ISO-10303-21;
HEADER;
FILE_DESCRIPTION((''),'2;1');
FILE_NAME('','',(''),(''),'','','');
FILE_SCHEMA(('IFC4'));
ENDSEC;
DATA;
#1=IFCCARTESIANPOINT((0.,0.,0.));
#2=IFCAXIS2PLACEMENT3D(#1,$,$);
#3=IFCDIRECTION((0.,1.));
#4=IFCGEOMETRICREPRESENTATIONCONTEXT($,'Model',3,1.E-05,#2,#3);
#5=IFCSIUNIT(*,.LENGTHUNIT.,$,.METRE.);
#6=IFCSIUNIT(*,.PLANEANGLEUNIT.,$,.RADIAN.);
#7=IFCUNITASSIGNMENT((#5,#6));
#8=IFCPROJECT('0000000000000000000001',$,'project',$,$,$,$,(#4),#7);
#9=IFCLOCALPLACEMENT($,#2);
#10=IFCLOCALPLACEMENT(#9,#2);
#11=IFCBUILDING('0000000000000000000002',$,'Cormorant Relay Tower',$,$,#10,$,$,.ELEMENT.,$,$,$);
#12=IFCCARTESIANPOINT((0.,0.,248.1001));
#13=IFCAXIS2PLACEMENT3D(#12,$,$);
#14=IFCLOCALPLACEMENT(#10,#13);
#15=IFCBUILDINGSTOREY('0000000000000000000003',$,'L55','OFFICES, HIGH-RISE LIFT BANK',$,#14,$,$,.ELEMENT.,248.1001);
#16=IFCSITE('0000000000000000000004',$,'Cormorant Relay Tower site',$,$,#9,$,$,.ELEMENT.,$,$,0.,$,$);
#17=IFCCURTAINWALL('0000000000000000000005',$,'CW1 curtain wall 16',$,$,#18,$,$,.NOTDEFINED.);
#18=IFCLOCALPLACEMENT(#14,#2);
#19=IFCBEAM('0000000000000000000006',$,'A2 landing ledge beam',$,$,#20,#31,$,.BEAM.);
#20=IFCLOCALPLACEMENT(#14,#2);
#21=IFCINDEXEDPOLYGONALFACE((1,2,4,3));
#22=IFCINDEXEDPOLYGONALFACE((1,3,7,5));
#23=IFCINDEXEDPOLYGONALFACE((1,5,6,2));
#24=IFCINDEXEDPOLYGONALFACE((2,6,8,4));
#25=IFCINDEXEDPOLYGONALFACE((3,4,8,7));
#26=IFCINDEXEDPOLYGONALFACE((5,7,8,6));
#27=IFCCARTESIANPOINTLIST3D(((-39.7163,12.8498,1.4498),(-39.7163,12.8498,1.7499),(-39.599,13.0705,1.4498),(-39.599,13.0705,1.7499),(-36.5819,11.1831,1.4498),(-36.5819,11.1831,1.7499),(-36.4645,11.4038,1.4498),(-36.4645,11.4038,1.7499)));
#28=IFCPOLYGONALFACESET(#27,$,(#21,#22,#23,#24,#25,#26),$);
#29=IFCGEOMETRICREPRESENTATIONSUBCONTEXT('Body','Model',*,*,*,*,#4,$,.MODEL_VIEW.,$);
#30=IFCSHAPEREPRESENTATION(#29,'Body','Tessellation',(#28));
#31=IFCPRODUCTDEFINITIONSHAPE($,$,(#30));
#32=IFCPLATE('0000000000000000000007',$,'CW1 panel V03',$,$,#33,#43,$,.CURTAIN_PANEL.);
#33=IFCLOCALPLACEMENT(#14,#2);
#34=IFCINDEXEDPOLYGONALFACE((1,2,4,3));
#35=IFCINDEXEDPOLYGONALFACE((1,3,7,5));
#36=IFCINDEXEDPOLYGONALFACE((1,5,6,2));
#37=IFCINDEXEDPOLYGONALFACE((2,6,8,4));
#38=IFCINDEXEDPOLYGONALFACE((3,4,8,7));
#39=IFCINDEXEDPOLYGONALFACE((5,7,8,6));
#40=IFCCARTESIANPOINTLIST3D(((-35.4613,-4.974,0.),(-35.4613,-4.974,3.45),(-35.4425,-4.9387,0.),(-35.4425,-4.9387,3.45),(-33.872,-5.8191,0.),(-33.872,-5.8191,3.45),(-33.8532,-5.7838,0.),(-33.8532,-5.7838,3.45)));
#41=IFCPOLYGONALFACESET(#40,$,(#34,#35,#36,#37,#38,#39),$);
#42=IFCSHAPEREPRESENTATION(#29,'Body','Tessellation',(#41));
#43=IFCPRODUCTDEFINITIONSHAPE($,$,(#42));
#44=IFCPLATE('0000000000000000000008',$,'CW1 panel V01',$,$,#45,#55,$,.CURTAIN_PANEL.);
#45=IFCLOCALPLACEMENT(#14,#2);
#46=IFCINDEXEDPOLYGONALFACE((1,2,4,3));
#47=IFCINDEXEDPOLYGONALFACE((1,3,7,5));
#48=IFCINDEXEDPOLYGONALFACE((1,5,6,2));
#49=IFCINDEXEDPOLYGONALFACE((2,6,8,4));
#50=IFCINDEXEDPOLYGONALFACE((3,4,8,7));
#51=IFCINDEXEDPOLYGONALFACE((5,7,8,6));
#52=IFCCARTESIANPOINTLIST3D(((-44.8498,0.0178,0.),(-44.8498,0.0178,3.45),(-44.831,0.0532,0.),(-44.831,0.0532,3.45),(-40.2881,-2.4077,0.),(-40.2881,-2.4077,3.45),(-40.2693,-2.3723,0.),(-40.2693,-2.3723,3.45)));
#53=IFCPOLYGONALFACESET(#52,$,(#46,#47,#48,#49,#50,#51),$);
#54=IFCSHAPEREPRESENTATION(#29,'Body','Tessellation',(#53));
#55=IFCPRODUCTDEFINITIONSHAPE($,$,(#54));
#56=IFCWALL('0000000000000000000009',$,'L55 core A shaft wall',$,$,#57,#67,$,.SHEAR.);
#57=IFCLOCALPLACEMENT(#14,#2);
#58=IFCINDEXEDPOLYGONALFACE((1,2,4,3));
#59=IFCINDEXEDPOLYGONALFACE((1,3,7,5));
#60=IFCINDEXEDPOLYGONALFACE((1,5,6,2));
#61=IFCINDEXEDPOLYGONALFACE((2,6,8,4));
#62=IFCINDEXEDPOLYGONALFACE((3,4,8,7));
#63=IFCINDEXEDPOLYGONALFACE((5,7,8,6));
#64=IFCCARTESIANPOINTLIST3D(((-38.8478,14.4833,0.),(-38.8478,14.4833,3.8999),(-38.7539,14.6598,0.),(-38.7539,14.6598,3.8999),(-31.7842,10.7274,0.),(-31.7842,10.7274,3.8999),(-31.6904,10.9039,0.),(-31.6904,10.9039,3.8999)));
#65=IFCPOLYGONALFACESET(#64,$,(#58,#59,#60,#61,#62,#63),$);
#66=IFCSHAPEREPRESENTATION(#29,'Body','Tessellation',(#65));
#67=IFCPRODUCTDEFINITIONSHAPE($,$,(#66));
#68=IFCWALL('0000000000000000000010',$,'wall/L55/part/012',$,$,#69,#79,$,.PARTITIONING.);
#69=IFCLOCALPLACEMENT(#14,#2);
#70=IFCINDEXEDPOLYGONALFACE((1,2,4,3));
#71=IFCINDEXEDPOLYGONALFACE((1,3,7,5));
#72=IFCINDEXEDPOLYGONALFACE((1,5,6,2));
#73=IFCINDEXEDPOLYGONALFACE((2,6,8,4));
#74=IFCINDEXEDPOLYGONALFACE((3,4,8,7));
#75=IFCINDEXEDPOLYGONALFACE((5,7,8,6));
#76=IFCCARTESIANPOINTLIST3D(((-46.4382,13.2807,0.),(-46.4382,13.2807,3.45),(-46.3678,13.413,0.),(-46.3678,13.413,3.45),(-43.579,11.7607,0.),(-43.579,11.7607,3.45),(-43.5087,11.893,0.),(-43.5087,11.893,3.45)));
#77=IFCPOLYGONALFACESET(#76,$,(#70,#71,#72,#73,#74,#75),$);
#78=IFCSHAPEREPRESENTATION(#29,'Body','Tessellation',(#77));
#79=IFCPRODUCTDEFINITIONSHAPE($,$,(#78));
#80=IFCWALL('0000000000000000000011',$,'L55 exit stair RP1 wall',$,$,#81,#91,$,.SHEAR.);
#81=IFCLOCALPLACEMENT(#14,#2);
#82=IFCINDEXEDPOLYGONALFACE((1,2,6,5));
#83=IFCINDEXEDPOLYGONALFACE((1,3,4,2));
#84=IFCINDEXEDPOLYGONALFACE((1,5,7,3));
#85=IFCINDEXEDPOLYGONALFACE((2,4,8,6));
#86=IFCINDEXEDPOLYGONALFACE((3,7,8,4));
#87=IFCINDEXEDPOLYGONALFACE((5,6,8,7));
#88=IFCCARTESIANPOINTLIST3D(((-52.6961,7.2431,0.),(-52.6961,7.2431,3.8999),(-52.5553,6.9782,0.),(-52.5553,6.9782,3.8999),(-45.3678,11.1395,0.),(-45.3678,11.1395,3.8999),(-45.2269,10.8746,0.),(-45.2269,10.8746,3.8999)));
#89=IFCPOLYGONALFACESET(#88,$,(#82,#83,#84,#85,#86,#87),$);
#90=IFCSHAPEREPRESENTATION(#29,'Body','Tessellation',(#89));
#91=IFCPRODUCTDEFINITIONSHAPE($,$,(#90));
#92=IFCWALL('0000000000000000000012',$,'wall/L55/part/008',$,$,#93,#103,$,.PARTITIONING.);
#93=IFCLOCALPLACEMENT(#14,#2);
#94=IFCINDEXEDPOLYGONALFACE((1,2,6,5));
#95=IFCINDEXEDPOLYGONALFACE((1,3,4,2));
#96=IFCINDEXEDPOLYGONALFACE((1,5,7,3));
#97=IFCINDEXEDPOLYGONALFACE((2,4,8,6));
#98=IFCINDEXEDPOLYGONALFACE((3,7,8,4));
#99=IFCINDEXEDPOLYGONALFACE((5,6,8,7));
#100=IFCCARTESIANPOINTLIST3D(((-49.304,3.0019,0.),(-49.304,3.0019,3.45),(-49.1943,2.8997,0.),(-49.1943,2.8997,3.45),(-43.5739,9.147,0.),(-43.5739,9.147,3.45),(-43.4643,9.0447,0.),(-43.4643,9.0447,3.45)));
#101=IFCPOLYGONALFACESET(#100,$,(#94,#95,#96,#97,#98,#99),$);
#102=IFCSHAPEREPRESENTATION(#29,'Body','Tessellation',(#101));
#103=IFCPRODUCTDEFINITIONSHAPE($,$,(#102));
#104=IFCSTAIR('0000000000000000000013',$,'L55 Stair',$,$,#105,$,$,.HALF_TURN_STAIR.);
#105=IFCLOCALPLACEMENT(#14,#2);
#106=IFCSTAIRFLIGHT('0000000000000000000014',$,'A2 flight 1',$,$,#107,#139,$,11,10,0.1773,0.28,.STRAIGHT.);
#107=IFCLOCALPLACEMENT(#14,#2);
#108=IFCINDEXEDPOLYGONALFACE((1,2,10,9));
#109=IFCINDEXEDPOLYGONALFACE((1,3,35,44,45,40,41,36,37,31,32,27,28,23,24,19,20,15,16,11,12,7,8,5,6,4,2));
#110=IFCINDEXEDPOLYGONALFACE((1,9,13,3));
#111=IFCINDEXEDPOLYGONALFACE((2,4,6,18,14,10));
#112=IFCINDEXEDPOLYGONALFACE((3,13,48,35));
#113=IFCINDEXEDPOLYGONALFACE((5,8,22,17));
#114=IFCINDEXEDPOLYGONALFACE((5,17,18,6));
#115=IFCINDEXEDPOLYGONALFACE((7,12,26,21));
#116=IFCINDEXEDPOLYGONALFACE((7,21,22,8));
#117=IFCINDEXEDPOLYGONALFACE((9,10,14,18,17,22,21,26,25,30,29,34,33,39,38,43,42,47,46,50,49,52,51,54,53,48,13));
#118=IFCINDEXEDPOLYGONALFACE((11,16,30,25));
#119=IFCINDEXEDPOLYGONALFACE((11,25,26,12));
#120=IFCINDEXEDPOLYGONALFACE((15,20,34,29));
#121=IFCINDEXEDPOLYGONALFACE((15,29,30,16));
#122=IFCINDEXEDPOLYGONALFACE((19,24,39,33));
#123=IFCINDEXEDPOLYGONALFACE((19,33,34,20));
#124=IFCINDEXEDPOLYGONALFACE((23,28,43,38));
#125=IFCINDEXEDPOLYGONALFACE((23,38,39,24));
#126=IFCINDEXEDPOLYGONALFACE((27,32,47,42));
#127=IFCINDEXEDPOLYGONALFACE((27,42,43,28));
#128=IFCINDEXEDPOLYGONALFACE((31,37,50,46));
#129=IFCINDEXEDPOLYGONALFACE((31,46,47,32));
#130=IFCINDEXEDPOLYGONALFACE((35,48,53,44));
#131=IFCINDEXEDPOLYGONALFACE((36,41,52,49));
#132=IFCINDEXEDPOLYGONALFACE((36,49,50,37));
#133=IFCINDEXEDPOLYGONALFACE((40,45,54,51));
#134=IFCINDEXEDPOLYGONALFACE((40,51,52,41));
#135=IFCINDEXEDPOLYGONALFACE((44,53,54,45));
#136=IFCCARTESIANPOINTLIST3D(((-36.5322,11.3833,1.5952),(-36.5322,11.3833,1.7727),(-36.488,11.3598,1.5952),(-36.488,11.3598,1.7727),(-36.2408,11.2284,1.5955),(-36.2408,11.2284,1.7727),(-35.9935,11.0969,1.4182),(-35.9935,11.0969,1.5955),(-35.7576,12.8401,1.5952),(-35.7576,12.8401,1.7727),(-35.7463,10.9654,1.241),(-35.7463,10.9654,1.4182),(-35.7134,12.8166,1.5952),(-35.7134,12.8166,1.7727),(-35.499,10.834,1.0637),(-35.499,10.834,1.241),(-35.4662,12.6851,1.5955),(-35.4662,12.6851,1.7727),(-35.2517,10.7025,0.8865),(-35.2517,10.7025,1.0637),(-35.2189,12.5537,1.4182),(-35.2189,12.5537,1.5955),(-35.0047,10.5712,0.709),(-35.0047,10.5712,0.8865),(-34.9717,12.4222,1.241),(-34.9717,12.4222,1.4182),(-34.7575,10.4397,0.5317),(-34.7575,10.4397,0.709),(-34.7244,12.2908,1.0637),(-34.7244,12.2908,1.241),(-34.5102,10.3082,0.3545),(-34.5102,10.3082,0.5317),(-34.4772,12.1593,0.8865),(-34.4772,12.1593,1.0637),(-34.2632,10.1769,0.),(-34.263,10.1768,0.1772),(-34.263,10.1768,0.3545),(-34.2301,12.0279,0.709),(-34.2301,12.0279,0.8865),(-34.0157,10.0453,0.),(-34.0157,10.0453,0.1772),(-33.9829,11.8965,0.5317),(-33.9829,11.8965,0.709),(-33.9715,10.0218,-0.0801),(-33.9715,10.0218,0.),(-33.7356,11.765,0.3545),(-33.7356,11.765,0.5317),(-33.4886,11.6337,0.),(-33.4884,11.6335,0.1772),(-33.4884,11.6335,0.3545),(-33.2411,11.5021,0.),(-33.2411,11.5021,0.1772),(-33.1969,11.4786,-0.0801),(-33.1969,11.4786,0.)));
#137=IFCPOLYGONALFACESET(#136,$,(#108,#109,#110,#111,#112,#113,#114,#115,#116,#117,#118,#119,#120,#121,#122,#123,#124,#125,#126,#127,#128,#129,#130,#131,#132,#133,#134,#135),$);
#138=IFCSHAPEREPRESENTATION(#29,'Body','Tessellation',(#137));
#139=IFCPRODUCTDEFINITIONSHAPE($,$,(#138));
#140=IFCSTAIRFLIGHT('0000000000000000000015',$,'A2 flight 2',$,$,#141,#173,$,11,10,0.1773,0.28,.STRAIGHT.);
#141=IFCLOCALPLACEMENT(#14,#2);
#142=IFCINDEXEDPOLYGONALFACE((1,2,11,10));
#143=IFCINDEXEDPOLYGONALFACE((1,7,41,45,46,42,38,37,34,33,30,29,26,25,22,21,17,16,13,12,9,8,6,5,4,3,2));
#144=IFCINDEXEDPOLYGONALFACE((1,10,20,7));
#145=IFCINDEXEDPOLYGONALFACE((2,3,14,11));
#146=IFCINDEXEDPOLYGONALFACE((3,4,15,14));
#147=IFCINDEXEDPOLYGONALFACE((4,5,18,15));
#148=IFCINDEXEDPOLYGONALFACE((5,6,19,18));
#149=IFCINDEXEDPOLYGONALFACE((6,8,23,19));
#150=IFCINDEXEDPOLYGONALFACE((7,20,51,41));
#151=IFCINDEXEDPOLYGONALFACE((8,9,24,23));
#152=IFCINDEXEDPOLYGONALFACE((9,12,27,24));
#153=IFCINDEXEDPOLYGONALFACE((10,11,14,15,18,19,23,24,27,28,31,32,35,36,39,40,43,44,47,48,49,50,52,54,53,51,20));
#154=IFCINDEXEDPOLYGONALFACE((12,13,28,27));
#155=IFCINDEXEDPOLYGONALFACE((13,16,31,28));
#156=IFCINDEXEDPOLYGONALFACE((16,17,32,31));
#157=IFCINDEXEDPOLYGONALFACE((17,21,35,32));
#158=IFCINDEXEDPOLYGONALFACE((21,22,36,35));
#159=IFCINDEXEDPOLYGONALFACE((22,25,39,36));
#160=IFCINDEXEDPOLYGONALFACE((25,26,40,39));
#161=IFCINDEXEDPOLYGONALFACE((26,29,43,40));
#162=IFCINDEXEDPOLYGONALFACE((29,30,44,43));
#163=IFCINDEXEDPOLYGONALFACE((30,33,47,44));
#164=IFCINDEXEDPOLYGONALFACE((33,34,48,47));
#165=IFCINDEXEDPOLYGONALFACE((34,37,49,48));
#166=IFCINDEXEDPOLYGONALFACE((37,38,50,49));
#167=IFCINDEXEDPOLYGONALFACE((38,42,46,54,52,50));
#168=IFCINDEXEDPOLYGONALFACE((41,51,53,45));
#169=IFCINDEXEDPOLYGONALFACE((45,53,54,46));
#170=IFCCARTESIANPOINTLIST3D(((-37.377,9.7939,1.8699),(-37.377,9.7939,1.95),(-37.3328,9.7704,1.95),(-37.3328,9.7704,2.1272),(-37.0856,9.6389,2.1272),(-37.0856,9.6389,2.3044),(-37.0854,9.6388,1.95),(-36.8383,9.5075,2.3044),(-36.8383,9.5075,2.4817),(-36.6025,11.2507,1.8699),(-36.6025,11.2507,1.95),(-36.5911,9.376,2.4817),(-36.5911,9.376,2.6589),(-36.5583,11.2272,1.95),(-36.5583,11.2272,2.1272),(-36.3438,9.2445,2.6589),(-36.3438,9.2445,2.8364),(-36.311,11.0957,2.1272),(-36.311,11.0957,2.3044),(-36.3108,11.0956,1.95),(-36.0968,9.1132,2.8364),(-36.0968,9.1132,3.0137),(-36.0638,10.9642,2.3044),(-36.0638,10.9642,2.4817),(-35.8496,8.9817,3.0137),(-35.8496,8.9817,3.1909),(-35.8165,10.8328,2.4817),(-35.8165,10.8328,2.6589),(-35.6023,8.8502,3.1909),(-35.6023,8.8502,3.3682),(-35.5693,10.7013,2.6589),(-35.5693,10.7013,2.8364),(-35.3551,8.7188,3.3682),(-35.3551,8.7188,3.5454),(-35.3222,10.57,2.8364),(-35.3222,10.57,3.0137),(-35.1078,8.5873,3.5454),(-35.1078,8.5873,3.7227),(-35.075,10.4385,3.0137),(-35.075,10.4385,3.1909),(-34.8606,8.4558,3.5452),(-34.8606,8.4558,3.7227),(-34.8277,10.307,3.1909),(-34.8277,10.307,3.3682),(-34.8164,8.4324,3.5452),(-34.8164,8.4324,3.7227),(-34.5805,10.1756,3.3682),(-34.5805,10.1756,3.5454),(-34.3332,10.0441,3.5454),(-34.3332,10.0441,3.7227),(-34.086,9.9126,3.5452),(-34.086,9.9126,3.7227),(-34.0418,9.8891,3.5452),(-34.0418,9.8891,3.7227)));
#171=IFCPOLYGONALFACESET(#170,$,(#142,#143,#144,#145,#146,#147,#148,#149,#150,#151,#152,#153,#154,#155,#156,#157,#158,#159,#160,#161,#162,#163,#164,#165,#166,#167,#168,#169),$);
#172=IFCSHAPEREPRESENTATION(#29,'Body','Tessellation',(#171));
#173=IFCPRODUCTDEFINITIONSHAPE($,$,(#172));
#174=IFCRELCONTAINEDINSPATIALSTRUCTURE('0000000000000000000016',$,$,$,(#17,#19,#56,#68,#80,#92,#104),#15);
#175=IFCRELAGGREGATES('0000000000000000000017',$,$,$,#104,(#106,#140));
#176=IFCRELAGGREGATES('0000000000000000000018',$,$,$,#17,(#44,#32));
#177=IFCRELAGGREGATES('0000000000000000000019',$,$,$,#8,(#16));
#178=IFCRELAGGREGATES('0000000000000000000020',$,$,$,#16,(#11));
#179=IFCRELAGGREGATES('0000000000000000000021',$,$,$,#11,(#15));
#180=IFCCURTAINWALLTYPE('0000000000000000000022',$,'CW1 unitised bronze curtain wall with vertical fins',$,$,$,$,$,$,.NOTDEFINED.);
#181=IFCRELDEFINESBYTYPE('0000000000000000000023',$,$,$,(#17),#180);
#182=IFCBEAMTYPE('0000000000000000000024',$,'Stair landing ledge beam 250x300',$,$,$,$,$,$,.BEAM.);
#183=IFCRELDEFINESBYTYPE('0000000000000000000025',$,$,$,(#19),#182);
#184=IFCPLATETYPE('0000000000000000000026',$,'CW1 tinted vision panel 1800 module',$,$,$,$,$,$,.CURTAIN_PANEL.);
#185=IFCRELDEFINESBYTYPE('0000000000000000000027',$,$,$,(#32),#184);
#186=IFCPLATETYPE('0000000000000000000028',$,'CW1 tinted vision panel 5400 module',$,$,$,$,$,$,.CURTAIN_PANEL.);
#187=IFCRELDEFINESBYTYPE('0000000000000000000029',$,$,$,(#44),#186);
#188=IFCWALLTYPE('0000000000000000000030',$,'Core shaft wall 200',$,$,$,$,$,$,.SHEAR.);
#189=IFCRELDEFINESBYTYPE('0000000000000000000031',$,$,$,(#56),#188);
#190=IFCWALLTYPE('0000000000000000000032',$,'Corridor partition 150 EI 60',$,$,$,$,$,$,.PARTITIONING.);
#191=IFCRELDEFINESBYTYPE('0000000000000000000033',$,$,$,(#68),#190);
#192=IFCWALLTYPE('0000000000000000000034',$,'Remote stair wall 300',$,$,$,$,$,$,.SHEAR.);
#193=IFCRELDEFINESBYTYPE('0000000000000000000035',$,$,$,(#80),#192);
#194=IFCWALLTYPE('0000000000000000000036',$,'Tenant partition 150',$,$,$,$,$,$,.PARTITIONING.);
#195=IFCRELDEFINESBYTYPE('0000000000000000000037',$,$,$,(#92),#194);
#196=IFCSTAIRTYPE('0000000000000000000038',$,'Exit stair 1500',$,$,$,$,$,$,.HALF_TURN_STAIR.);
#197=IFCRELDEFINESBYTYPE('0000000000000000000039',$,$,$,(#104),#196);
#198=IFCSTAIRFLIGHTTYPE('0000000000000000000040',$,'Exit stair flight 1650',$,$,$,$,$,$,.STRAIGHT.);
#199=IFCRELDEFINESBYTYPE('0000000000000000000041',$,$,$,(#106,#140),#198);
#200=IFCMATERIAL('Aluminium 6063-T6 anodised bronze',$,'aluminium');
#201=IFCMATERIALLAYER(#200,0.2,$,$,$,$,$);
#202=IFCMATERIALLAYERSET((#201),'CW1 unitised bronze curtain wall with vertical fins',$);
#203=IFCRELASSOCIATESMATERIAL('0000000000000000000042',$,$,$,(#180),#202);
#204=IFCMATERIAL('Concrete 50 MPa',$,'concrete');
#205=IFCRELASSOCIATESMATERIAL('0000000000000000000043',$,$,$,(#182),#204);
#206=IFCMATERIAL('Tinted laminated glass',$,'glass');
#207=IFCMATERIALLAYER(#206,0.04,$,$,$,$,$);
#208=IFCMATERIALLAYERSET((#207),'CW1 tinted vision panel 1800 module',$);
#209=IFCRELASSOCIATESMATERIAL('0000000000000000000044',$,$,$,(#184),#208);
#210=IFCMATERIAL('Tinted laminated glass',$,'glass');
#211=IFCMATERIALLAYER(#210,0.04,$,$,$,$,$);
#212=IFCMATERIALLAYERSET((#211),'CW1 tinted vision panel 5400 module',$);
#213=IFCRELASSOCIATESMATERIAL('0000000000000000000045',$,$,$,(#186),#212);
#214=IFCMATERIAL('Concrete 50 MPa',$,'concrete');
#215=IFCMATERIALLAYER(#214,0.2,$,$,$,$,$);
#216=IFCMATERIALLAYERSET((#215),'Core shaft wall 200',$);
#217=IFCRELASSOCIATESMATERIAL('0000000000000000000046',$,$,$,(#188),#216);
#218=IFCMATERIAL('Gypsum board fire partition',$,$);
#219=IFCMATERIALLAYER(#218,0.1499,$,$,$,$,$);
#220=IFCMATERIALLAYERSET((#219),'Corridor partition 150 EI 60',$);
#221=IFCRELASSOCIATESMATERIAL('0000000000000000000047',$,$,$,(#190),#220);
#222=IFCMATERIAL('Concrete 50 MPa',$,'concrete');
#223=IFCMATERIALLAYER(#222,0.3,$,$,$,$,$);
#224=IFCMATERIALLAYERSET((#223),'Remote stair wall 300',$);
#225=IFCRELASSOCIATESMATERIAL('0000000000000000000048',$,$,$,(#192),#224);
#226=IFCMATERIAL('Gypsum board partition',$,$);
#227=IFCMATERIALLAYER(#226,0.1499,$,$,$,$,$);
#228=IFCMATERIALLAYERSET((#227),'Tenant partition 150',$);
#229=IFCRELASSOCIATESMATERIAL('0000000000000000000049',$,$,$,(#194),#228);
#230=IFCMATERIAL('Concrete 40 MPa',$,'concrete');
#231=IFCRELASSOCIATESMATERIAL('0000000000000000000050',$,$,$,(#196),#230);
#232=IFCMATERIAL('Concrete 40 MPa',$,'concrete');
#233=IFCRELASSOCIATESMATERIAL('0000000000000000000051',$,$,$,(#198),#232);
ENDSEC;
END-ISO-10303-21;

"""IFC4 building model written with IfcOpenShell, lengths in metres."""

from ifc_helpers import new_model, si_unit, direction, frame, frame_2d, origin, origin_2d, place, context, subcontext, project, spatial, polyline, rectangle, outline, extrude, material, layer, layer_set, material_profile, profile_set, type_object, element, aggregate, save


model = new_model("IFC4")

# Units and contexts
model_context = context("Model", 3, precision=1e-05, world=origin(), true_north=direction((0.0, 1.0)))
body_context = subcontext(model_context, "Body", "Model", "MODEL_VIEW")
ifc_project = project(units=[si_unit("LENGTHUNIT", "METRE"), si_unit("PLANEANGLEUNIT", "RADIAN")], contexts=[model_context])

# Site, building, storey
site_placement = place(None, origin())
site = spatial("IfcSite", under=ifc_project, at=site_placement, Name="Cormorant Relay Tower site", CompositionType="ELEMENT", RefElevation=0.0)
building_placement = place(site_placement, origin())
building = spatial("IfcBuilding", under=site, at=building_placement, Name="Cormorant Relay Tower", CompositionType="ELEMENT")
storey_placement = place(building_placement, frame((0.0, 0.0, 248.1001)))
storey = spatial("IfcBuildingStorey", under=building, at=storey_placement, Name="L55", Description="OFFICES, HIGH-RISE LIFT BANK", CompositionType="ELEMENT", Elevation=248.1001)

# Curtain wall
ifc_material_1 = material(Name="Aluminium 6063-T6 anodised bronze", Category="aluminium")
ifc_layer_1 = layer(ifc_material_1, 0.2)
ifc_layer_set_1 = layer_set([ifc_layer_1], Name="CW1 unitised bronze curtain wall with vertical fins")
curtain_wall_type = type_object("IfcCurtainWallType", Name="CW1 unitised bronze curtain wall with vertical fins", PredefinedType="NOTDEFINED", material=ifc_layer_set_1)
curtain_wall_placement = place(storey_placement, origin())
curtain_wall = element("IfcCurtainWall", 1, at=curtain_wall_placement, inside=storey, type_object=curtain_wall_type, Name="CW1 curtain wall 16", PredefinedType="NOTDEFINED")

# Beam
ifc_material_2 = material(Name="Concrete 50 MPa", Category="concrete")
ifc_material_profile_1 = material_profile(ifc_material_2, rectangle(XDim=0.25, YDim=0.3, at=origin_2d()), Name="RC 250x300")
ifc_profile_set_1 = profile_set([ifc_material_profile_1], Name="Concrete 50 MPa")
beam_type_1 = type_object("IfcBeamType", Name="Stair landing ledge beam 250x300", PredefinedType="BEAM", material=ifc_profile_set_1)
beam_1_placement = place(storey_placement, frame((-36.5232, 11.2935, 1.5999), z_axis=(-0.882937, 0.469492, 0.0), x_axis=(-0.469492, -0.882937, 0.0)))
element("IfcBeam", 2, at=beam_1_placement, inside=storey, type_object=beam_type_1, Name="A2 landing ledge beam", PredefinedType="BEAM", context=body_context, shape_type="SweptSolid", body=[
    extrude(rectangle(XDim=0.25, YDim=0.3, at=origin_2d()), origin(), (0.0, 0.0, 1.0), 3.55),
])

# Plates
ifc_material_3 = material(Name="Tinted laminated glass", Category="glass")
ifc_layer_2 = layer(ifc_material_3, 0.04)
ifc_layer_set_2 = layer_set([ifc_layer_2], Name="CW1 tinted vision panel 1800 module")
plate_type_1 = type_object("IfcPlateType", Name="CW1 tinted vision panel 1800 module", PredefinedType="CURTAIN_PANEL", material=ifc_layer_set_2)
plate_1_placement = place(storey_placement, frame((-34.6572, -5.3789, 0.0), z_axis=(0.0, 0.0, 1.0), x_axis=(0.882948, -0.469472, 0.0)))
plate_1 = element("IfcPlate", 3, at=plate_1_placement, type_object=plate_type_1, Name="CW1 panel V03", PredefinedType="CURTAIN_PANEL", context=body_context, shape_type="SweptSolid", body=[
    extrude(rectangle(XDim=1.8, YDim=0.04, at=origin_2d()), origin(), (0.0, 0.0, 1.0), 3.45),
])
ifc_material_4 = material(Name="Tinted laminated glass", Category="glass")
ifc_layer_3 = layer(ifc_material_4, 0.04)
ifc_layer_set_3 = layer_set([ifc_layer_3], Name="CW1 tinted vision panel 5400 module")
plate_type_2 = type_object("IfcPlateType", Name="CW1 tinted vision panel 5400 module", PredefinedType="CURTAIN_PANEL", material=ifc_layer_set_3)
plate_2_placement = place(storey_placement, frame((-42.5596, -1.1772, 0.0), z_axis=(0.0, 0.0, 1.0), x_axis=(0.882948, -0.469472, 0.0)))
plate_2 = element("IfcPlate", 4, at=plate_2_placement, type_object=plate_type_2, Name="CW1 panel V01", PredefinedType="CURTAIN_PANEL", context=body_context, shape_type="SweptSolid", body=[
    extrude(rectangle(XDim=5.1665, YDim=0.04, at=origin_2d()), origin(), (0.0, 0.0, 1.0), 3.45),
])

# Walls
ifc_material_5 = material(Name="Concrete 50 MPa", Category="concrete")
ifc_layer_4 = layer(ifc_material_5, 0.2)
ifc_layer_set_4 = layer_set([ifc_layer_4], Name="Core shaft wall 200")
wall_type_1 = type_object("IfcWallType", Name="Core shaft wall 200", PredefinedType="SHEAR", material=ifc_layer_set_4)
wall_1_placement = place(storey_placement, frame((-31.7373, 10.8157, 0.0), z_axis=(0.0, 0.0, 1.0), x_axis=(-0.88294, 0.469485, 0.0)))
element("IfcWall", 5, at=wall_1_placement, inside=storey, type_object=wall_type_1, Name="L55 core A shaft wall", PredefinedType="SHEAR", context=body_context, shape_type="SweptSolid", body=[
    extrude(rectangle(XDim=8.0, YDim=0.2, at=frame_2d((4.0, 0.0))), origin(), (0.0, 0.0, 1.0), 3.8999),
])
ifc_material_6 = material(Name="Gypsum board fire partition")
ifc_layer_5 = layer(ifc_material_6, 0.1499)
ifc_layer_set_5 = layer_set([ifc_layer_5], Name="Corridor partition 150 EI 60")
wall_type_2 = type_object("IfcWallType", Name="Corridor partition 150 EI 60", PredefinedType="PARTITIONING", material=ifc_layer_set_5)
wall_2_placement = place(storey_placement, frame((-46.4031, 13.3469, 0.0), z_axis=(0.0, 0.0, 1.0), x_axis=(0.882974, -0.469422, 0.0)))
element("IfcWall", 6, at=wall_2_placement, inside=storey, type_object=wall_type_2, Name="wall/L55/part/012", PredefinedType="PARTITIONING", context=body_context, shape_type="SweptSolid", body=[
    extrude(rectangle(XDim=3.238, YDim=0.1499, at=frame_2d((1.6191, 0.0))), origin(), (0.0, 0.0, 1.0), 3.45),
])
ifc_material_7 = material(Name="Concrete 50 MPa", Category="concrete")
ifc_layer_6 = layer(ifc_material_7, 0.3)
ifc_layer_set_6 = layer_set([ifc_layer_6], Name="Remote stair wall 300")
wall_type_3 = type_object("IfcWallType", Name="Remote stair wall 300", PredefinedType="SHEAR", material=ifc_layer_set_6)
wall_3_placement = place(storey_placement, frame((-45.2974, 11.0071, 0.0), z_axis=(0.0, 0.0, 1.0), x_axis=(-0.882952, -0.469464, 0.0)))
element("IfcWall", 7, at=wall_3_placement, inside=storey, type_object=wall_type_3, Name="L55 exit stair RP1 wall", PredefinedType="SHEAR", context=body_context, shape_type="SweptSolid", body=[
    extrude(rectangle(XDim=8.2998, YDim=0.3, at=frame_2d((4.1499, 0.0))), origin(), (0.0, 0.0, 1.0), 3.8999),
])
ifc_material_8 = material(Name="Gypsum board partition")
ifc_layer_7 = layer(ifc_material_8, 0.1499)
ifc_layer_set_7 = layer_set([ifc_layer_7], Name="Tenant partition 150")
wall_type_4 = type_object("IfcWallType", Name="Tenant partition 150", PredefinedType="PARTITIONING", material=ifc_layer_set_7)
wall_4_placement = place(storey_placement, frame((-43.519, 9.0959, 0.0), z_axis=(0.0, 0.0, 1.0), x_axis=(-0.681977, -0.731374, 0.0)))
element("IfcWall", 8, at=wall_4_placement, inside=storey, type_object=wall_type_4, Name="wall/L55/part/008", PredefinedType="PARTITIONING", context=body_context, shape_type="SweptSolid", body=[
    extrude(rectangle(XDim=8.4021, YDim=0.1499, at=frame_2d((4.2012, 0.0))), origin(), (0.0, 0.0, 1.0), 3.45),
])

# Stair, stair flights
ifc_material_9 = material(Name="Concrete 40 MPa", Category="concrete")
stair_type = type_object("IfcStairType", Name="Exit stair 1500", PredefinedType="HALF_TURN_STAIR", material=ifc_material_9)
stair_placement = place(storey_placement, origin())
stair = element("IfcStair", 9, at=stair_placement, inside=storey, type_object=stair_type, Name="L55 Stair", PredefinedType="HALF_TURN_STAIR")
ifc_material_10 = material(Name="Concrete 40 MPa", Category="concrete")
stair_flight_type = type_object("IfcStairFlightType", Name="Exit stair flight 1650", PredefinedType="STRAIGHT", material=ifc_material_10)
stair_flight_1_placement = place(storey_placement, frame((-33.6284, 10.7737, 0.0), z_axis=(0.0, 0.0, 1.0), x_axis=(-0.882948, 0.469472, 0.0)))
stair_flight_1 = element("IfcStairFlight", 10, at=stair_flight_1_placement, type_object=stair_flight_type, Name="A2 flight 1", NumberOfRisers=11, NumberOfTreads=10, PredefinedType="STRAIGHT", RiserHeight=0.1773, TreadLength=0.28, context=body_context, shape_type="SweptSolid", body=[
    extrude(outline(polyline([(-0.05, -0.0801), (-0.05, 0.0), (0.0, 0.0), (0.0, 0.1772), (0.28, 0.1772), (0.28, 0.3545), (0.5601, 0.3545), (0.5601, 0.5317), (0.8401, 0.5317), (0.8401, 0.709), (1.1201, 0.709), (1.1201, 0.8865), (1.3999, 0.8865), (1.3999, 1.0637), (1.6799, 1.0637), (1.6799, 1.241), (1.96, 1.241), (1.96, 1.4182), (2.24, 1.4182), (2.24, 1.5955), (2.52, 1.5955), (2.52, 1.7727), (2.8, 1.7727), (2.8501, 1.7727), (2.8501, 1.5952), (2.8, 1.5952), (0.2803, 0.0), (-0.05, -0.0801)])), frame((0.0, 0.825, 0.0), z_axis=(0.0, -1.0, 0.0), x_axis=(1.0, 0.0, 0.0)), (0.0, 0.0, 1.0), 1.6499),
])
stair_flight_2_placement = place(storey_placement, frame((-36.9456, 10.4988, 1.95), z_axis=(0.0, 0.0, 1.0), x_axis=(0.882948, -0.469472, 0.0)))
stair_flight_2 = element("IfcStairFlight", 11, at=stair_flight_2_placement, type_object=stair_flight_type, Name="A2 flight 2", NumberOfRisers=11, NumberOfTreads=10, PredefinedType="STRAIGHT", RiserHeight=0.1773, TreadLength=0.28, context=body_context, shape_type="SweptSolid", body=[
    extrude(outline(polyline([(-0.05, -0.0801), (-0.05, 0.0), (0.0, 0.0), (0.0, 0.1772), (0.28, 0.1772), (0.28, 0.3545), (0.5601, 0.3545), (0.5601, 0.5317), (0.8401, 0.5317), (0.8401, 0.709), (1.1201, 0.709), (1.1201, 0.8865), (1.3999, 0.8865), (1.3999, 1.0637), (1.6799, 1.0637), (1.6799, 1.241), (1.96, 1.241), (1.96, 1.4182), (2.24, 1.4182), (2.24, 1.5955), (2.52, 1.5955), (2.52, 1.7727), (2.8, 1.7727), (2.8501, 1.7727), (2.8501, 1.5952), (2.8, 1.5952), (0.2803, 0.0), (-0.05, -0.0801)])), frame((0.0, 0.825, 0.0), z_axis=(0.0, -1.0, 0.0), x_axis=(1.0, 0.0, 0.0)), (0.0, 0.0, 1.0), 1.6499),
])
aggregate(stair, [stair_flight_1, stair_flight_2])

aggregate(curtain_wall, [plate_2, plate_1])

save(model, "model.ifc")
